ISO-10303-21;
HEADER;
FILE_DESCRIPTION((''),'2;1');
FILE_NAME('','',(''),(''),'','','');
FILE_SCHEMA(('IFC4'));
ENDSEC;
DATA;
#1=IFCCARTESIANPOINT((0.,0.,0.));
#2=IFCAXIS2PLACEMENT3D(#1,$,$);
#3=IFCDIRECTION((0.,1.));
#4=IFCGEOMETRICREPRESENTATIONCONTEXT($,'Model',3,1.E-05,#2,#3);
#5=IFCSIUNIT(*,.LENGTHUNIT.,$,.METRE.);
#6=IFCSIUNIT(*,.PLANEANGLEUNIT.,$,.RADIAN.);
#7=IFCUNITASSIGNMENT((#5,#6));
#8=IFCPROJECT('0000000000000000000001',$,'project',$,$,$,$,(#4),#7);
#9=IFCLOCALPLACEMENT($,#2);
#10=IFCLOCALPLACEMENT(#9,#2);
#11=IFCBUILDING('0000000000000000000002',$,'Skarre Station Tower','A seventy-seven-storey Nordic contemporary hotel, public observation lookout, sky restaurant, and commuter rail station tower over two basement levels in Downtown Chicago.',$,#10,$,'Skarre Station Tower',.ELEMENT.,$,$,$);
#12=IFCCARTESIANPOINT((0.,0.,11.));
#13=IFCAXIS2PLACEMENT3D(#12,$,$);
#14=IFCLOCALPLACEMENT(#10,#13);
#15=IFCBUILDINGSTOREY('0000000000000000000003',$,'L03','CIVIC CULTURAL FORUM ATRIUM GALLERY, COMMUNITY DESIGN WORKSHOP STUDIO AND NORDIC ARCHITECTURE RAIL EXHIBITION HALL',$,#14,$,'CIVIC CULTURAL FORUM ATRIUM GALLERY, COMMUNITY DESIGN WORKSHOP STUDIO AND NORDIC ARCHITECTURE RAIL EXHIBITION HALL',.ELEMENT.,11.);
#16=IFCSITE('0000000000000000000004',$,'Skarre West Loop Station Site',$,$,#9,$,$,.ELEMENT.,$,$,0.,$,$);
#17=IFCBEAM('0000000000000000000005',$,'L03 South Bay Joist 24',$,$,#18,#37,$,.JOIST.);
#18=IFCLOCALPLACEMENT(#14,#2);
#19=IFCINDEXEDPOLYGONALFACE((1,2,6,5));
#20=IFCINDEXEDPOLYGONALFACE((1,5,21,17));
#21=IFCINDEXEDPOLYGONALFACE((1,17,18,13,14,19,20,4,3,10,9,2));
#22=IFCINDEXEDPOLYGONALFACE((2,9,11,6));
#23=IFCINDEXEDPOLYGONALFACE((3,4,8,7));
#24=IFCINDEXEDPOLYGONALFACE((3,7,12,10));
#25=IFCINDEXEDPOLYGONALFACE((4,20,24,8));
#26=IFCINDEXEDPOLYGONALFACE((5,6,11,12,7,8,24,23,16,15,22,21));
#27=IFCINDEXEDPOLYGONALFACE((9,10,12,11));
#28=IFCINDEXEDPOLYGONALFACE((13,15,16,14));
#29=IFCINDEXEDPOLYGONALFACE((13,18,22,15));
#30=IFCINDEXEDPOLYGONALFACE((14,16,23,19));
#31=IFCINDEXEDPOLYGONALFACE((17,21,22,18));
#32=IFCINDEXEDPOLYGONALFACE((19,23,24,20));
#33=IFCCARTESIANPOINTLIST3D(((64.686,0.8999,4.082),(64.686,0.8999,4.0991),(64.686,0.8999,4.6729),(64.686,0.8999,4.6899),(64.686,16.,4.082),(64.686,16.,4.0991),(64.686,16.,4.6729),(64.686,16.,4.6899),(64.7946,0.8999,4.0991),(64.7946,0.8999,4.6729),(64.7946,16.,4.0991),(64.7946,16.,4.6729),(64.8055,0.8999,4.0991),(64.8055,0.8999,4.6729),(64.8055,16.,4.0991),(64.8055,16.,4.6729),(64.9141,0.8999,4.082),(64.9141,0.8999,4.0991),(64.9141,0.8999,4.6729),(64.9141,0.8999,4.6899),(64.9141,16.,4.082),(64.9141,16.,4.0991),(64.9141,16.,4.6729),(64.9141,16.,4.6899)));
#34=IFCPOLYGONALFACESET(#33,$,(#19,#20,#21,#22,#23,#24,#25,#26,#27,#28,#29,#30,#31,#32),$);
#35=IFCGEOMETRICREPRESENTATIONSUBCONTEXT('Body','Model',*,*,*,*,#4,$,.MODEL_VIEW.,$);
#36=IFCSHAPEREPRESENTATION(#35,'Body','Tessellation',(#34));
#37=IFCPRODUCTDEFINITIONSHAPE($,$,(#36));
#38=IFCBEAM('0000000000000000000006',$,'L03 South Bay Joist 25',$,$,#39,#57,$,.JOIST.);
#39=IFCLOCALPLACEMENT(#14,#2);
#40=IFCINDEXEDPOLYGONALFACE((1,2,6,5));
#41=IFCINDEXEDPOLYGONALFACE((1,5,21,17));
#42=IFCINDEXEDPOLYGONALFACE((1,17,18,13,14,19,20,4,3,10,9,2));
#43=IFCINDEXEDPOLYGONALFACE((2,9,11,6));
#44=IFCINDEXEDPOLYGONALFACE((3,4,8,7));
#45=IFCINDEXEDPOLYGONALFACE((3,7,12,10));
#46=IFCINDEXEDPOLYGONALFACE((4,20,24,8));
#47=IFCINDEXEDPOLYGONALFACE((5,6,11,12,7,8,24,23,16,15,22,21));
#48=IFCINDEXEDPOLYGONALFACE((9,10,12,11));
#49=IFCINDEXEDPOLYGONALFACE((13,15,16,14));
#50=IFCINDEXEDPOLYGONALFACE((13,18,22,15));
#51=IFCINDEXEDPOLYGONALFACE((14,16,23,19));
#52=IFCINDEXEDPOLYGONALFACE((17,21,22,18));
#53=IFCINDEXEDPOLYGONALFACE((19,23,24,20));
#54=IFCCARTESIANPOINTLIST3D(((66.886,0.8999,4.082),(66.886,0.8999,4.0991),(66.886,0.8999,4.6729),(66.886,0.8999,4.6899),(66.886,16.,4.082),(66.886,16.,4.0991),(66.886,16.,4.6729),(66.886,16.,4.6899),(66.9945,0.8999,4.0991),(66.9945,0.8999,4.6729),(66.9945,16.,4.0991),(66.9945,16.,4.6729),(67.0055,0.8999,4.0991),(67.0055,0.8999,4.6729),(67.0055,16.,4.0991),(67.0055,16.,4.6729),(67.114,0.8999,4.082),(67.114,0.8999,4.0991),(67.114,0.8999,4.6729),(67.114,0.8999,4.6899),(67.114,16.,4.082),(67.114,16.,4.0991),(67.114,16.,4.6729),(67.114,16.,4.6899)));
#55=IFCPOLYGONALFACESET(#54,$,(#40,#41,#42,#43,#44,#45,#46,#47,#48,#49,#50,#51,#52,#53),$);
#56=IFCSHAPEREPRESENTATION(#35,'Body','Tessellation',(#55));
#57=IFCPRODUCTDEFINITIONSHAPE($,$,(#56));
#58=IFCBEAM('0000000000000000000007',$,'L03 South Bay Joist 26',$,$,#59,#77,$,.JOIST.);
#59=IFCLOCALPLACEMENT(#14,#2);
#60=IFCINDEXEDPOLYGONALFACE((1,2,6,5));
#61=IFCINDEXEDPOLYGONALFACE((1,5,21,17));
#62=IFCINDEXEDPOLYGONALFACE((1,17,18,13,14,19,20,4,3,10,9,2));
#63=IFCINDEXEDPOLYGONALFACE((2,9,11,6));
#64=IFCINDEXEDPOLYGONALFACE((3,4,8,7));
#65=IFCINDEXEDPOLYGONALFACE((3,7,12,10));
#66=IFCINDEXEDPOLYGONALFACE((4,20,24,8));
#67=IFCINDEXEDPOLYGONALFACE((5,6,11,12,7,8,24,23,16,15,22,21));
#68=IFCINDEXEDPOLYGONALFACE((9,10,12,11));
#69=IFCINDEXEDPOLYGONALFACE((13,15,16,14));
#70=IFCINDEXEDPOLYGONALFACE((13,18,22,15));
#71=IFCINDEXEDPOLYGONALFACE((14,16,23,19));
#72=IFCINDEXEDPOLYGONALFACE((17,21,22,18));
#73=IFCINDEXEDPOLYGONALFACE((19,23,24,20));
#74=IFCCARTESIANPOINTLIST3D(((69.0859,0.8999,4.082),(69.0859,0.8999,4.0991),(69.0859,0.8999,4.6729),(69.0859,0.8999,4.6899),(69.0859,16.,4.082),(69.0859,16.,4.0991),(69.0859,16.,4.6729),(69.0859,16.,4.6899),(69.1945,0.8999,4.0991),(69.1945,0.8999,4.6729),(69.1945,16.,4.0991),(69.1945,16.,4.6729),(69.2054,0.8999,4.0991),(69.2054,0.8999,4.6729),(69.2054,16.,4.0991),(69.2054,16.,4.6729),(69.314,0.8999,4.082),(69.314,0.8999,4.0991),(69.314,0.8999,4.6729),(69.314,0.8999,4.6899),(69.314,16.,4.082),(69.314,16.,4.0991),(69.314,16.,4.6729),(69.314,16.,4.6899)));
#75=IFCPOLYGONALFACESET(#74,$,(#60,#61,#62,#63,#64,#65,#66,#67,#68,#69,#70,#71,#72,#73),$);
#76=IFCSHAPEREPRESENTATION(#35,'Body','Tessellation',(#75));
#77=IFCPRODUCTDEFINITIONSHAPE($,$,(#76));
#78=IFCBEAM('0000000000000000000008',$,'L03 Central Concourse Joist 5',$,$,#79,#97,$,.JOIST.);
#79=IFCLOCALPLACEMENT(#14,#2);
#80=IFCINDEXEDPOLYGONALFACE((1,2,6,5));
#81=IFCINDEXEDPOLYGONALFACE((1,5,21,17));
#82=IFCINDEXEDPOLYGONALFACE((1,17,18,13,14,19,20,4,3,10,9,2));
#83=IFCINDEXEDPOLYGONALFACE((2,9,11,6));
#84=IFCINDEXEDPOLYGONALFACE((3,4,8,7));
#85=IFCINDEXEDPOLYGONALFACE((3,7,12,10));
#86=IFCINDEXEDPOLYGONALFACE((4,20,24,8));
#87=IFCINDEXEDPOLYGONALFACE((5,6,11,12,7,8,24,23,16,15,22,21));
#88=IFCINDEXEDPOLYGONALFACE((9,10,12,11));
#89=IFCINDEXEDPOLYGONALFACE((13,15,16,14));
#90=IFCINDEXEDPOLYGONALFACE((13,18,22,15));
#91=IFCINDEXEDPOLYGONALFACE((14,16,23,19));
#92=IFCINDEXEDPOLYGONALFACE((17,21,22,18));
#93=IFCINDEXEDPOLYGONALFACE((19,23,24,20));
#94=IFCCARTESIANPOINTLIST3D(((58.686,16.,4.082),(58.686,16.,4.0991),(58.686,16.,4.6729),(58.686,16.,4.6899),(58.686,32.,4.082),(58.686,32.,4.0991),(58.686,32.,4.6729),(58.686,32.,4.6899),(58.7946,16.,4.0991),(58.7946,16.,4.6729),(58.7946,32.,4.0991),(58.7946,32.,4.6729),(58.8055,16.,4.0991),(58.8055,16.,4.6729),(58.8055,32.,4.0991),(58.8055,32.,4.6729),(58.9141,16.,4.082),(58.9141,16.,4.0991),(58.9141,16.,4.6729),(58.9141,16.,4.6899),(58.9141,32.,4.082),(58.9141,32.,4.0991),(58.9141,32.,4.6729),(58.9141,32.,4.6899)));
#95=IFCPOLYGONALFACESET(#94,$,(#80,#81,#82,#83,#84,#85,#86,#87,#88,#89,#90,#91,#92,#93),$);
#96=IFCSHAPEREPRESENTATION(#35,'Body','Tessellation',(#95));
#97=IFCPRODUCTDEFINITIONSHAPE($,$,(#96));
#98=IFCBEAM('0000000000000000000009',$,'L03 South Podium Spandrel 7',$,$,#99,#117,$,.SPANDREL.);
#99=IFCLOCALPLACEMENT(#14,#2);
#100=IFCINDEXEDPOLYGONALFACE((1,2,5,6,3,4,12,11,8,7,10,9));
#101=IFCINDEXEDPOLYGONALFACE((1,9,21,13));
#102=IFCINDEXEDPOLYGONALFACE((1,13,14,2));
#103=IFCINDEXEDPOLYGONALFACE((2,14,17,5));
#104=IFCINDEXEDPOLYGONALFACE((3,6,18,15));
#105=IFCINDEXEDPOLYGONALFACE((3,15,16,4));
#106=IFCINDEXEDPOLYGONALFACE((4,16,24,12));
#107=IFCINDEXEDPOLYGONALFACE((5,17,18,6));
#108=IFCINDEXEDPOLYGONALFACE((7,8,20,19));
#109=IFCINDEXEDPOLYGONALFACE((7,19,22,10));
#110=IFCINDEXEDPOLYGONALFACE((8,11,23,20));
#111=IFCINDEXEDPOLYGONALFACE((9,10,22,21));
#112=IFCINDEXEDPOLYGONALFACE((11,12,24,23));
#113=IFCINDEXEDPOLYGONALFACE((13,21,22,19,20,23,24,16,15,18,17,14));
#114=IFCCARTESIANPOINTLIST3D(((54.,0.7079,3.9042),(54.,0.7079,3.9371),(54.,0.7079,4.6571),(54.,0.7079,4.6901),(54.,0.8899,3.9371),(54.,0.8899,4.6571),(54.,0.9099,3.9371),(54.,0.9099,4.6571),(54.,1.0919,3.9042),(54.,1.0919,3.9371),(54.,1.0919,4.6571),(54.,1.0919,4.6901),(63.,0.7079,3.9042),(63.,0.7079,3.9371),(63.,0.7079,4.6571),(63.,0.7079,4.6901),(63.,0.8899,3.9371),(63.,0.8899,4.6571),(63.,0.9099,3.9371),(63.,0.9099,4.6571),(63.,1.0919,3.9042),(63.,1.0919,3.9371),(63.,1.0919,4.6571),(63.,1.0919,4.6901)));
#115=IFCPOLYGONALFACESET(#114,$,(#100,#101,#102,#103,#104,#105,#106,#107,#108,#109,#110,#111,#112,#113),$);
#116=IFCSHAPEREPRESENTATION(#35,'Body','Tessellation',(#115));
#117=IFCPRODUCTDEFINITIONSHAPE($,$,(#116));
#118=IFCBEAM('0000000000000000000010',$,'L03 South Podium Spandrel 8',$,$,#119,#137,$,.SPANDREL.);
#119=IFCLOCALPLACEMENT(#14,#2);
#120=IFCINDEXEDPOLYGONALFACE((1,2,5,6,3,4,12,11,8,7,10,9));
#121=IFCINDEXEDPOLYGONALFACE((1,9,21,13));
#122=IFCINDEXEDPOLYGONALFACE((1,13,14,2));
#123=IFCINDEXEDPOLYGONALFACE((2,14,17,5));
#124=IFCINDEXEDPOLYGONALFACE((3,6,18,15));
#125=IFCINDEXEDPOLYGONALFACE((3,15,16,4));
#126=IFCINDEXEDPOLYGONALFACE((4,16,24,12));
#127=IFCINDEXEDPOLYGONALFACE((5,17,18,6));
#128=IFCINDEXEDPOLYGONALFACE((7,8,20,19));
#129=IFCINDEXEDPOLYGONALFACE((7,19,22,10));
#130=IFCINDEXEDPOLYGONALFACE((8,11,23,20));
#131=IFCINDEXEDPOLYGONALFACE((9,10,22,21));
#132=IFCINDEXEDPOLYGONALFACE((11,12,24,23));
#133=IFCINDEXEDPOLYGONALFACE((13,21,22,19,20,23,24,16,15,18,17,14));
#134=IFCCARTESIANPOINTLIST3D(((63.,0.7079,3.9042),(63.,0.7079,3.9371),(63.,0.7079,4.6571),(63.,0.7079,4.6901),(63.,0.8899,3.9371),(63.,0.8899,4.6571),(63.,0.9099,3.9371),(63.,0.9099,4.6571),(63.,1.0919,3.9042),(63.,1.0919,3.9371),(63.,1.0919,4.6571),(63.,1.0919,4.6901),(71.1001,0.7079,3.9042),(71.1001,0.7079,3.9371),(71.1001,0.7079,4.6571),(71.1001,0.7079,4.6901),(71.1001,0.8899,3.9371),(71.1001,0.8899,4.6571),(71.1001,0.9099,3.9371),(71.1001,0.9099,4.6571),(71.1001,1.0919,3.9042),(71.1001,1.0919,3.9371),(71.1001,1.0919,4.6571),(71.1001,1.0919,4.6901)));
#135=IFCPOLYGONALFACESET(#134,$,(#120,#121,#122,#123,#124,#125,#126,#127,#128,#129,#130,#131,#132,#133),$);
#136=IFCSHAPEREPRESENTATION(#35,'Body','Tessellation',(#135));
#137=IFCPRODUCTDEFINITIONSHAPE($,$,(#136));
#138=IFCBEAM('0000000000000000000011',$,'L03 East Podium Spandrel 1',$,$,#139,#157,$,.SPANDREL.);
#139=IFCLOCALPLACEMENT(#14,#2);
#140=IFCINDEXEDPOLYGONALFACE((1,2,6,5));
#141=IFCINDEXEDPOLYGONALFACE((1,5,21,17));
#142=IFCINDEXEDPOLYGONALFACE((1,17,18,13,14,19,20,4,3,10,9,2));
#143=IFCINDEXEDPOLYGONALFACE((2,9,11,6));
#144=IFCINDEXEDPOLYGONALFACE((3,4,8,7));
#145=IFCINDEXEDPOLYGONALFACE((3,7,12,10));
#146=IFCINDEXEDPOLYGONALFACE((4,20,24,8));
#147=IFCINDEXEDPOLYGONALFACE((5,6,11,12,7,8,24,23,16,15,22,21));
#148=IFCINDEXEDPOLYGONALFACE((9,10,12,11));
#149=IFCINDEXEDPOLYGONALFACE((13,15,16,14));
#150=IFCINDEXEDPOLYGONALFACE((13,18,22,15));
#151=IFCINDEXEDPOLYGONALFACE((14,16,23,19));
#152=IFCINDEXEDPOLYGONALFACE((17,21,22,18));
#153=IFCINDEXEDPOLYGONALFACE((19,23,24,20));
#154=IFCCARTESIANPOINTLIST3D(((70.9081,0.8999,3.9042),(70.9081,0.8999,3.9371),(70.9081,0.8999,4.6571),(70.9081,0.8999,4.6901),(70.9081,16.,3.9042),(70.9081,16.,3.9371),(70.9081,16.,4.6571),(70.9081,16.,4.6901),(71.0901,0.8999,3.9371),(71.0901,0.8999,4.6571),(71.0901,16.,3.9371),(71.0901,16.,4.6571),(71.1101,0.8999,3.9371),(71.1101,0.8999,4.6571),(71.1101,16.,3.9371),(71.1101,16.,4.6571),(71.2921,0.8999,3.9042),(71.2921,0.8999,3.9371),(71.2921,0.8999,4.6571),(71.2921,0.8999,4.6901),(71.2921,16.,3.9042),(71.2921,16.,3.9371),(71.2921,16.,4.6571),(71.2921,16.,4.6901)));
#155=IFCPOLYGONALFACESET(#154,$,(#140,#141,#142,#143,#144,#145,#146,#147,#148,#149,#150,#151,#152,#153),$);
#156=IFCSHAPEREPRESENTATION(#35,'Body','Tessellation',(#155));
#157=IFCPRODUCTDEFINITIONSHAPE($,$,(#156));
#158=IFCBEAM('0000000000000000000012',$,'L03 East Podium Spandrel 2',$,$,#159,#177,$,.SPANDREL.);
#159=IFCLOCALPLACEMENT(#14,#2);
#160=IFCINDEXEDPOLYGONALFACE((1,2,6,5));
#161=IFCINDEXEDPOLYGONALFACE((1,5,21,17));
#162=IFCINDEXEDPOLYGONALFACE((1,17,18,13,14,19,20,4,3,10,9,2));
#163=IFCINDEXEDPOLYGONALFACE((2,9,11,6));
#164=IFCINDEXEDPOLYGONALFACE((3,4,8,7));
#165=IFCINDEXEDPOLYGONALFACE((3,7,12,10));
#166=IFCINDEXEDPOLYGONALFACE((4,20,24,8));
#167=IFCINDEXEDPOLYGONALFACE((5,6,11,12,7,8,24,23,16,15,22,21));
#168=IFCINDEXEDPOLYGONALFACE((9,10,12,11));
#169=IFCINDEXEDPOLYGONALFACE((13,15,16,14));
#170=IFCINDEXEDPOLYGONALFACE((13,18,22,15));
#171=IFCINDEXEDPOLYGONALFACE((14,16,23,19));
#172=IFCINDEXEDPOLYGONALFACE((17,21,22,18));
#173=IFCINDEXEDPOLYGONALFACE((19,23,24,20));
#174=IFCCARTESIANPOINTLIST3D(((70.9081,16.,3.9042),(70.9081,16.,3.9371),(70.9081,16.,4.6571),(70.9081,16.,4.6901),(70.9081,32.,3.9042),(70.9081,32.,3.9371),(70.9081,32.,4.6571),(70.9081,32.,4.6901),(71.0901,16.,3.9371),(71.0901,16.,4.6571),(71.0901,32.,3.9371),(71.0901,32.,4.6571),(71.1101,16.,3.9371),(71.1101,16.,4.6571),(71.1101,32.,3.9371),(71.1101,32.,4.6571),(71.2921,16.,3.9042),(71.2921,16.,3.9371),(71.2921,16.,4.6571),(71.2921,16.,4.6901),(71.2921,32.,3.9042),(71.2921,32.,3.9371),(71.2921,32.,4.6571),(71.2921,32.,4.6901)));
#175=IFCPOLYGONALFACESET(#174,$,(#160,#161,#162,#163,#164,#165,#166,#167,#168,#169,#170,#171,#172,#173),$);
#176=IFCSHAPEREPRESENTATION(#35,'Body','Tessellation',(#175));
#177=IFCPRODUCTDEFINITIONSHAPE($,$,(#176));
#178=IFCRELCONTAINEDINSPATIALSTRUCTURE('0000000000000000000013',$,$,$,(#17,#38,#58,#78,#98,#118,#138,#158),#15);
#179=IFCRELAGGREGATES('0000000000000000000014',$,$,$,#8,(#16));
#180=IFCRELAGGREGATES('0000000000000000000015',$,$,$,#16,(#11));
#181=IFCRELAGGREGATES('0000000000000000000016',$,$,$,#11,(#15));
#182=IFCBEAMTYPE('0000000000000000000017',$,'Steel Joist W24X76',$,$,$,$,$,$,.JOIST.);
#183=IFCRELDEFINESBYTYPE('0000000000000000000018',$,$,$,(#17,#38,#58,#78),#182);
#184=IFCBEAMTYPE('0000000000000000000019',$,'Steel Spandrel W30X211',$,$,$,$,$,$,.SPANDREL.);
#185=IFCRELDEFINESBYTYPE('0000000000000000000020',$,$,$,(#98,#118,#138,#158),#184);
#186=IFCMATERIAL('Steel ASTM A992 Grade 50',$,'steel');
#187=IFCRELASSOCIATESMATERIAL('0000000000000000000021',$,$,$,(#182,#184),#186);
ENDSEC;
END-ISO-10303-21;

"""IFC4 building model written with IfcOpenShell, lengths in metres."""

from ifc_helpers import new_model, si_unit, direction, frame, origin, origin_2d, place, context, subcontext, project, spatial, i_section, extrude, material, material_profile, profile_set, type_object, element, save


model = new_model("IFC4")

# Units and contexts
model_context = context("Model", 3, precision=1e-05, world=origin(), true_north=direction((0.0, 1.0)))
body_context = subcontext(model_context, "Body", "Model", "MODEL_VIEW")
ifc_project = project(units=[si_unit("LENGTHUNIT", "METRE"), si_unit("PLANEANGLEUNIT", "RADIAN")], contexts=[model_context])

# Site, building, storey
site_placement = place(None, origin())
site = spatial("IfcSite", under=ifc_project, at=site_placement, Name="Skarre West Loop Station Site", CompositionType="ELEMENT", RefElevation=0.0)
building_placement = place(site_placement, origin())
building = spatial("IfcBuilding", under=site, at=building_placement, Name="Skarre Station Tower", Description="A seventy-seven-storey Nordic contemporary hotel, public observation lookout, sky restaurant, and commuter rail station tower over two basement levels in Downtown Chicago.", LongName="Skarre Station Tower", CompositionType="ELEMENT")
storey_placement = place(building_placement, frame((0.0, 0.0, 11.0)))
storey = spatial("IfcBuildingStorey", under=building, at=storey_placement, Name="L03", Description="CIVIC CULTURAL FORUM ATRIUM GALLERY, COMMUNITY DESIGN WORKSHOP STUDIO AND NORDIC ARCHITECTURE RAIL EXHIBITION HALL", LongName="CIVIC CULTURAL FORUM ATRIUM GALLERY, COMMUNITY DESIGN WORKSHOP STUDIO AND NORDIC ARCHITECTURE RAIL EXHIBITION HALL", CompositionType="ELEMENT", Elevation=11.0)

# Beams
ifc_material_1 = material(Name="Steel ASTM A992 Grade 50", Category="steel")
ifc_material_profile_1 = material_profile(ifc_material_1, i_section(OverallWidth=0.228, OverallDepth=0.6079, WebThickness=0.011, FlangeThickness=0.0171, at=origin_2d()), Name="Steel ASTM A992 Grade 50")
ifc_profile_set_1 = profile_set([ifc_material_profile_1], Name="Steel ASTM A992 Grade 50")
beam_type_1 = type_object("IfcBeamType", Name="Steel Joist W24X76", PredefinedType="JOIST", material=ifc_profile_set_1)
for number, where, z_axis, x_axis, name in (
    (1, (64.8, 0.8999, 4.386), (0.0, 1.0, 0.0), (-1.0, 0.0, 0.0), "L03 South Bay Joist 24"),
    (2, (67.0, 0.8999, 4.386), (0.0, 1.0, 0.0), (-1.0, 0.0, 0.0), "L03 South Bay Joist 25"),
    (3, (69.2, 0.8999, 4.386), (0.0, 1.0, 0.0), (-1.0, 0.0, 0.0), "L03 South Bay Joist 26"),
):
    element("IfcBeam", number, at=place(storey_placement, frame(where, z_axis=z_axis, x_axis=x_axis)), inside=storey, type_object=beam_type_1, Name=name, PredefinedType="JOIST", context=body_context, shape_type="SweptSolid", body=[
        extrude(i_section(OverallWidth=0.228, OverallDepth=0.6079, WebThickness=0.011, FlangeThickness=0.0171, at=origin_2d()), origin(), (0.0, 0.0, 1.0), 15.1001),
    ])
beam_1_placement = place(storey_placement, frame((58.8, 16.0, 4.386), z_axis=(0.0, 1.0, 0.0), x_axis=(-1.0, 0.0, 0.0)))
element("IfcBeam", 4, at=beam_1_placement, inside=storey, type_object=beam_type_1, Name="L03 Central Concourse Joist 5", PredefinedType="JOIST", context=body_context, shape_type="SweptSolid", body=[
    extrude(i_section(OverallWidth=0.228, OverallDepth=0.6079, WebThickness=0.011, FlangeThickness=0.0171, at=origin_2d()), origin(), (0.0, 0.0, 1.0), 16.0),
])
ifc_material_profile_2 = material_profile(ifc_material_1, i_section(OverallWidth=0.384, OverallDepth=0.7859, WebThickness=0.02, FlangeThickness=0.033, at=origin_2d()), Name="Steel ASTM A992 Grade 50")
ifc_profile_set_2 = profile_set([ifc_material_profile_2], Name="Steel ASTM A992 Grade 50")
beam_type_2 = type_object("IfcBeamType", Name="Steel Spandrel W30X211", PredefinedType="SPANDREL", material=ifc_profile_set_2)
beam_2_placement = place(storey_placement, frame((54.0, 0.8999, 4.2971), z_axis=(1.0, 0.0, 0.0), x_axis=(0.0, 1.0, 0.0)))
element("IfcBeam", 5, at=beam_2_placement, inside=storey, type_object=beam_type_2, Name="L03 South Podium Spandrel 7", PredefinedType="SPANDREL", context=body_context, shape_type="SweptSolid", body=[
    extrude(i_section(OverallWidth=0.384, OverallDepth=0.7859, WebThickness=0.02, FlangeThickness=0.033, at=origin_2d()), origin(), (0.0, 0.0, 1.0), 9.0),
])
beam_3_placement = place(storey_placement, frame((63.0, 0.8999, 4.2971), z_axis=(1.0, 0.0, 0.0), x_axis=(0.0, 1.0, 0.0)))
element("IfcBeam", 6, at=beam_3_placement, inside=storey, type_object=beam_type_2, Name="L03 South Podium Spandrel 8", PredefinedType="SPANDREL", context=body_context, shape_type="SweptSolid", body=[
    extrude(i_section(OverallWidth=0.384, OverallDepth=0.7859, WebThickness=0.02, FlangeThickness=0.033, at=origin_2d()), origin(), (0.0, 0.0, 1.0), 8.1001),
])
beam_4_placement = place(storey_placement, frame((71.1001, 0.8999, 4.2971), z_axis=(0.0, 1.0, 0.0), x_axis=(-1.0, 0.0, 0.0)))
element("IfcBeam", 7, at=beam_4_placement, inside=storey, type_object=beam_type_2, Name="L03 East Podium Spandrel 1", PredefinedType="SPANDREL", context=body_context, shape_type="SweptSolid", body=[
    extrude(i_section(OverallWidth=0.384, OverallDepth=0.7859, WebThickness=0.02, FlangeThickness=0.033, at=origin_2d()), origin(), (0.0, 0.0, 1.0), 15.1001),
])
beam_5_placement = place(storey_placement, frame((71.1001, 16.0, 4.2971), z_axis=(0.0, 1.0, 0.0), x_axis=(-1.0, 0.0, 0.0)))
element("IfcBeam", 8, at=beam_5_placement, inside=storey, type_object=beam_type_2, Name="L03 East Podium Spandrel 2", PredefinedType="SPANDREL", context=body_context, shape_type="SweptSolid", body=[
    extrude(i_section(OverallWidth=0.384, OverallDepth=0.7859, WebThickness=0.02, FlangeThickness=0.033, at=origin_2d()), origin(), (0.0, 0.0, 1.0), 16.0),
])

save(model, "model.ifc")
